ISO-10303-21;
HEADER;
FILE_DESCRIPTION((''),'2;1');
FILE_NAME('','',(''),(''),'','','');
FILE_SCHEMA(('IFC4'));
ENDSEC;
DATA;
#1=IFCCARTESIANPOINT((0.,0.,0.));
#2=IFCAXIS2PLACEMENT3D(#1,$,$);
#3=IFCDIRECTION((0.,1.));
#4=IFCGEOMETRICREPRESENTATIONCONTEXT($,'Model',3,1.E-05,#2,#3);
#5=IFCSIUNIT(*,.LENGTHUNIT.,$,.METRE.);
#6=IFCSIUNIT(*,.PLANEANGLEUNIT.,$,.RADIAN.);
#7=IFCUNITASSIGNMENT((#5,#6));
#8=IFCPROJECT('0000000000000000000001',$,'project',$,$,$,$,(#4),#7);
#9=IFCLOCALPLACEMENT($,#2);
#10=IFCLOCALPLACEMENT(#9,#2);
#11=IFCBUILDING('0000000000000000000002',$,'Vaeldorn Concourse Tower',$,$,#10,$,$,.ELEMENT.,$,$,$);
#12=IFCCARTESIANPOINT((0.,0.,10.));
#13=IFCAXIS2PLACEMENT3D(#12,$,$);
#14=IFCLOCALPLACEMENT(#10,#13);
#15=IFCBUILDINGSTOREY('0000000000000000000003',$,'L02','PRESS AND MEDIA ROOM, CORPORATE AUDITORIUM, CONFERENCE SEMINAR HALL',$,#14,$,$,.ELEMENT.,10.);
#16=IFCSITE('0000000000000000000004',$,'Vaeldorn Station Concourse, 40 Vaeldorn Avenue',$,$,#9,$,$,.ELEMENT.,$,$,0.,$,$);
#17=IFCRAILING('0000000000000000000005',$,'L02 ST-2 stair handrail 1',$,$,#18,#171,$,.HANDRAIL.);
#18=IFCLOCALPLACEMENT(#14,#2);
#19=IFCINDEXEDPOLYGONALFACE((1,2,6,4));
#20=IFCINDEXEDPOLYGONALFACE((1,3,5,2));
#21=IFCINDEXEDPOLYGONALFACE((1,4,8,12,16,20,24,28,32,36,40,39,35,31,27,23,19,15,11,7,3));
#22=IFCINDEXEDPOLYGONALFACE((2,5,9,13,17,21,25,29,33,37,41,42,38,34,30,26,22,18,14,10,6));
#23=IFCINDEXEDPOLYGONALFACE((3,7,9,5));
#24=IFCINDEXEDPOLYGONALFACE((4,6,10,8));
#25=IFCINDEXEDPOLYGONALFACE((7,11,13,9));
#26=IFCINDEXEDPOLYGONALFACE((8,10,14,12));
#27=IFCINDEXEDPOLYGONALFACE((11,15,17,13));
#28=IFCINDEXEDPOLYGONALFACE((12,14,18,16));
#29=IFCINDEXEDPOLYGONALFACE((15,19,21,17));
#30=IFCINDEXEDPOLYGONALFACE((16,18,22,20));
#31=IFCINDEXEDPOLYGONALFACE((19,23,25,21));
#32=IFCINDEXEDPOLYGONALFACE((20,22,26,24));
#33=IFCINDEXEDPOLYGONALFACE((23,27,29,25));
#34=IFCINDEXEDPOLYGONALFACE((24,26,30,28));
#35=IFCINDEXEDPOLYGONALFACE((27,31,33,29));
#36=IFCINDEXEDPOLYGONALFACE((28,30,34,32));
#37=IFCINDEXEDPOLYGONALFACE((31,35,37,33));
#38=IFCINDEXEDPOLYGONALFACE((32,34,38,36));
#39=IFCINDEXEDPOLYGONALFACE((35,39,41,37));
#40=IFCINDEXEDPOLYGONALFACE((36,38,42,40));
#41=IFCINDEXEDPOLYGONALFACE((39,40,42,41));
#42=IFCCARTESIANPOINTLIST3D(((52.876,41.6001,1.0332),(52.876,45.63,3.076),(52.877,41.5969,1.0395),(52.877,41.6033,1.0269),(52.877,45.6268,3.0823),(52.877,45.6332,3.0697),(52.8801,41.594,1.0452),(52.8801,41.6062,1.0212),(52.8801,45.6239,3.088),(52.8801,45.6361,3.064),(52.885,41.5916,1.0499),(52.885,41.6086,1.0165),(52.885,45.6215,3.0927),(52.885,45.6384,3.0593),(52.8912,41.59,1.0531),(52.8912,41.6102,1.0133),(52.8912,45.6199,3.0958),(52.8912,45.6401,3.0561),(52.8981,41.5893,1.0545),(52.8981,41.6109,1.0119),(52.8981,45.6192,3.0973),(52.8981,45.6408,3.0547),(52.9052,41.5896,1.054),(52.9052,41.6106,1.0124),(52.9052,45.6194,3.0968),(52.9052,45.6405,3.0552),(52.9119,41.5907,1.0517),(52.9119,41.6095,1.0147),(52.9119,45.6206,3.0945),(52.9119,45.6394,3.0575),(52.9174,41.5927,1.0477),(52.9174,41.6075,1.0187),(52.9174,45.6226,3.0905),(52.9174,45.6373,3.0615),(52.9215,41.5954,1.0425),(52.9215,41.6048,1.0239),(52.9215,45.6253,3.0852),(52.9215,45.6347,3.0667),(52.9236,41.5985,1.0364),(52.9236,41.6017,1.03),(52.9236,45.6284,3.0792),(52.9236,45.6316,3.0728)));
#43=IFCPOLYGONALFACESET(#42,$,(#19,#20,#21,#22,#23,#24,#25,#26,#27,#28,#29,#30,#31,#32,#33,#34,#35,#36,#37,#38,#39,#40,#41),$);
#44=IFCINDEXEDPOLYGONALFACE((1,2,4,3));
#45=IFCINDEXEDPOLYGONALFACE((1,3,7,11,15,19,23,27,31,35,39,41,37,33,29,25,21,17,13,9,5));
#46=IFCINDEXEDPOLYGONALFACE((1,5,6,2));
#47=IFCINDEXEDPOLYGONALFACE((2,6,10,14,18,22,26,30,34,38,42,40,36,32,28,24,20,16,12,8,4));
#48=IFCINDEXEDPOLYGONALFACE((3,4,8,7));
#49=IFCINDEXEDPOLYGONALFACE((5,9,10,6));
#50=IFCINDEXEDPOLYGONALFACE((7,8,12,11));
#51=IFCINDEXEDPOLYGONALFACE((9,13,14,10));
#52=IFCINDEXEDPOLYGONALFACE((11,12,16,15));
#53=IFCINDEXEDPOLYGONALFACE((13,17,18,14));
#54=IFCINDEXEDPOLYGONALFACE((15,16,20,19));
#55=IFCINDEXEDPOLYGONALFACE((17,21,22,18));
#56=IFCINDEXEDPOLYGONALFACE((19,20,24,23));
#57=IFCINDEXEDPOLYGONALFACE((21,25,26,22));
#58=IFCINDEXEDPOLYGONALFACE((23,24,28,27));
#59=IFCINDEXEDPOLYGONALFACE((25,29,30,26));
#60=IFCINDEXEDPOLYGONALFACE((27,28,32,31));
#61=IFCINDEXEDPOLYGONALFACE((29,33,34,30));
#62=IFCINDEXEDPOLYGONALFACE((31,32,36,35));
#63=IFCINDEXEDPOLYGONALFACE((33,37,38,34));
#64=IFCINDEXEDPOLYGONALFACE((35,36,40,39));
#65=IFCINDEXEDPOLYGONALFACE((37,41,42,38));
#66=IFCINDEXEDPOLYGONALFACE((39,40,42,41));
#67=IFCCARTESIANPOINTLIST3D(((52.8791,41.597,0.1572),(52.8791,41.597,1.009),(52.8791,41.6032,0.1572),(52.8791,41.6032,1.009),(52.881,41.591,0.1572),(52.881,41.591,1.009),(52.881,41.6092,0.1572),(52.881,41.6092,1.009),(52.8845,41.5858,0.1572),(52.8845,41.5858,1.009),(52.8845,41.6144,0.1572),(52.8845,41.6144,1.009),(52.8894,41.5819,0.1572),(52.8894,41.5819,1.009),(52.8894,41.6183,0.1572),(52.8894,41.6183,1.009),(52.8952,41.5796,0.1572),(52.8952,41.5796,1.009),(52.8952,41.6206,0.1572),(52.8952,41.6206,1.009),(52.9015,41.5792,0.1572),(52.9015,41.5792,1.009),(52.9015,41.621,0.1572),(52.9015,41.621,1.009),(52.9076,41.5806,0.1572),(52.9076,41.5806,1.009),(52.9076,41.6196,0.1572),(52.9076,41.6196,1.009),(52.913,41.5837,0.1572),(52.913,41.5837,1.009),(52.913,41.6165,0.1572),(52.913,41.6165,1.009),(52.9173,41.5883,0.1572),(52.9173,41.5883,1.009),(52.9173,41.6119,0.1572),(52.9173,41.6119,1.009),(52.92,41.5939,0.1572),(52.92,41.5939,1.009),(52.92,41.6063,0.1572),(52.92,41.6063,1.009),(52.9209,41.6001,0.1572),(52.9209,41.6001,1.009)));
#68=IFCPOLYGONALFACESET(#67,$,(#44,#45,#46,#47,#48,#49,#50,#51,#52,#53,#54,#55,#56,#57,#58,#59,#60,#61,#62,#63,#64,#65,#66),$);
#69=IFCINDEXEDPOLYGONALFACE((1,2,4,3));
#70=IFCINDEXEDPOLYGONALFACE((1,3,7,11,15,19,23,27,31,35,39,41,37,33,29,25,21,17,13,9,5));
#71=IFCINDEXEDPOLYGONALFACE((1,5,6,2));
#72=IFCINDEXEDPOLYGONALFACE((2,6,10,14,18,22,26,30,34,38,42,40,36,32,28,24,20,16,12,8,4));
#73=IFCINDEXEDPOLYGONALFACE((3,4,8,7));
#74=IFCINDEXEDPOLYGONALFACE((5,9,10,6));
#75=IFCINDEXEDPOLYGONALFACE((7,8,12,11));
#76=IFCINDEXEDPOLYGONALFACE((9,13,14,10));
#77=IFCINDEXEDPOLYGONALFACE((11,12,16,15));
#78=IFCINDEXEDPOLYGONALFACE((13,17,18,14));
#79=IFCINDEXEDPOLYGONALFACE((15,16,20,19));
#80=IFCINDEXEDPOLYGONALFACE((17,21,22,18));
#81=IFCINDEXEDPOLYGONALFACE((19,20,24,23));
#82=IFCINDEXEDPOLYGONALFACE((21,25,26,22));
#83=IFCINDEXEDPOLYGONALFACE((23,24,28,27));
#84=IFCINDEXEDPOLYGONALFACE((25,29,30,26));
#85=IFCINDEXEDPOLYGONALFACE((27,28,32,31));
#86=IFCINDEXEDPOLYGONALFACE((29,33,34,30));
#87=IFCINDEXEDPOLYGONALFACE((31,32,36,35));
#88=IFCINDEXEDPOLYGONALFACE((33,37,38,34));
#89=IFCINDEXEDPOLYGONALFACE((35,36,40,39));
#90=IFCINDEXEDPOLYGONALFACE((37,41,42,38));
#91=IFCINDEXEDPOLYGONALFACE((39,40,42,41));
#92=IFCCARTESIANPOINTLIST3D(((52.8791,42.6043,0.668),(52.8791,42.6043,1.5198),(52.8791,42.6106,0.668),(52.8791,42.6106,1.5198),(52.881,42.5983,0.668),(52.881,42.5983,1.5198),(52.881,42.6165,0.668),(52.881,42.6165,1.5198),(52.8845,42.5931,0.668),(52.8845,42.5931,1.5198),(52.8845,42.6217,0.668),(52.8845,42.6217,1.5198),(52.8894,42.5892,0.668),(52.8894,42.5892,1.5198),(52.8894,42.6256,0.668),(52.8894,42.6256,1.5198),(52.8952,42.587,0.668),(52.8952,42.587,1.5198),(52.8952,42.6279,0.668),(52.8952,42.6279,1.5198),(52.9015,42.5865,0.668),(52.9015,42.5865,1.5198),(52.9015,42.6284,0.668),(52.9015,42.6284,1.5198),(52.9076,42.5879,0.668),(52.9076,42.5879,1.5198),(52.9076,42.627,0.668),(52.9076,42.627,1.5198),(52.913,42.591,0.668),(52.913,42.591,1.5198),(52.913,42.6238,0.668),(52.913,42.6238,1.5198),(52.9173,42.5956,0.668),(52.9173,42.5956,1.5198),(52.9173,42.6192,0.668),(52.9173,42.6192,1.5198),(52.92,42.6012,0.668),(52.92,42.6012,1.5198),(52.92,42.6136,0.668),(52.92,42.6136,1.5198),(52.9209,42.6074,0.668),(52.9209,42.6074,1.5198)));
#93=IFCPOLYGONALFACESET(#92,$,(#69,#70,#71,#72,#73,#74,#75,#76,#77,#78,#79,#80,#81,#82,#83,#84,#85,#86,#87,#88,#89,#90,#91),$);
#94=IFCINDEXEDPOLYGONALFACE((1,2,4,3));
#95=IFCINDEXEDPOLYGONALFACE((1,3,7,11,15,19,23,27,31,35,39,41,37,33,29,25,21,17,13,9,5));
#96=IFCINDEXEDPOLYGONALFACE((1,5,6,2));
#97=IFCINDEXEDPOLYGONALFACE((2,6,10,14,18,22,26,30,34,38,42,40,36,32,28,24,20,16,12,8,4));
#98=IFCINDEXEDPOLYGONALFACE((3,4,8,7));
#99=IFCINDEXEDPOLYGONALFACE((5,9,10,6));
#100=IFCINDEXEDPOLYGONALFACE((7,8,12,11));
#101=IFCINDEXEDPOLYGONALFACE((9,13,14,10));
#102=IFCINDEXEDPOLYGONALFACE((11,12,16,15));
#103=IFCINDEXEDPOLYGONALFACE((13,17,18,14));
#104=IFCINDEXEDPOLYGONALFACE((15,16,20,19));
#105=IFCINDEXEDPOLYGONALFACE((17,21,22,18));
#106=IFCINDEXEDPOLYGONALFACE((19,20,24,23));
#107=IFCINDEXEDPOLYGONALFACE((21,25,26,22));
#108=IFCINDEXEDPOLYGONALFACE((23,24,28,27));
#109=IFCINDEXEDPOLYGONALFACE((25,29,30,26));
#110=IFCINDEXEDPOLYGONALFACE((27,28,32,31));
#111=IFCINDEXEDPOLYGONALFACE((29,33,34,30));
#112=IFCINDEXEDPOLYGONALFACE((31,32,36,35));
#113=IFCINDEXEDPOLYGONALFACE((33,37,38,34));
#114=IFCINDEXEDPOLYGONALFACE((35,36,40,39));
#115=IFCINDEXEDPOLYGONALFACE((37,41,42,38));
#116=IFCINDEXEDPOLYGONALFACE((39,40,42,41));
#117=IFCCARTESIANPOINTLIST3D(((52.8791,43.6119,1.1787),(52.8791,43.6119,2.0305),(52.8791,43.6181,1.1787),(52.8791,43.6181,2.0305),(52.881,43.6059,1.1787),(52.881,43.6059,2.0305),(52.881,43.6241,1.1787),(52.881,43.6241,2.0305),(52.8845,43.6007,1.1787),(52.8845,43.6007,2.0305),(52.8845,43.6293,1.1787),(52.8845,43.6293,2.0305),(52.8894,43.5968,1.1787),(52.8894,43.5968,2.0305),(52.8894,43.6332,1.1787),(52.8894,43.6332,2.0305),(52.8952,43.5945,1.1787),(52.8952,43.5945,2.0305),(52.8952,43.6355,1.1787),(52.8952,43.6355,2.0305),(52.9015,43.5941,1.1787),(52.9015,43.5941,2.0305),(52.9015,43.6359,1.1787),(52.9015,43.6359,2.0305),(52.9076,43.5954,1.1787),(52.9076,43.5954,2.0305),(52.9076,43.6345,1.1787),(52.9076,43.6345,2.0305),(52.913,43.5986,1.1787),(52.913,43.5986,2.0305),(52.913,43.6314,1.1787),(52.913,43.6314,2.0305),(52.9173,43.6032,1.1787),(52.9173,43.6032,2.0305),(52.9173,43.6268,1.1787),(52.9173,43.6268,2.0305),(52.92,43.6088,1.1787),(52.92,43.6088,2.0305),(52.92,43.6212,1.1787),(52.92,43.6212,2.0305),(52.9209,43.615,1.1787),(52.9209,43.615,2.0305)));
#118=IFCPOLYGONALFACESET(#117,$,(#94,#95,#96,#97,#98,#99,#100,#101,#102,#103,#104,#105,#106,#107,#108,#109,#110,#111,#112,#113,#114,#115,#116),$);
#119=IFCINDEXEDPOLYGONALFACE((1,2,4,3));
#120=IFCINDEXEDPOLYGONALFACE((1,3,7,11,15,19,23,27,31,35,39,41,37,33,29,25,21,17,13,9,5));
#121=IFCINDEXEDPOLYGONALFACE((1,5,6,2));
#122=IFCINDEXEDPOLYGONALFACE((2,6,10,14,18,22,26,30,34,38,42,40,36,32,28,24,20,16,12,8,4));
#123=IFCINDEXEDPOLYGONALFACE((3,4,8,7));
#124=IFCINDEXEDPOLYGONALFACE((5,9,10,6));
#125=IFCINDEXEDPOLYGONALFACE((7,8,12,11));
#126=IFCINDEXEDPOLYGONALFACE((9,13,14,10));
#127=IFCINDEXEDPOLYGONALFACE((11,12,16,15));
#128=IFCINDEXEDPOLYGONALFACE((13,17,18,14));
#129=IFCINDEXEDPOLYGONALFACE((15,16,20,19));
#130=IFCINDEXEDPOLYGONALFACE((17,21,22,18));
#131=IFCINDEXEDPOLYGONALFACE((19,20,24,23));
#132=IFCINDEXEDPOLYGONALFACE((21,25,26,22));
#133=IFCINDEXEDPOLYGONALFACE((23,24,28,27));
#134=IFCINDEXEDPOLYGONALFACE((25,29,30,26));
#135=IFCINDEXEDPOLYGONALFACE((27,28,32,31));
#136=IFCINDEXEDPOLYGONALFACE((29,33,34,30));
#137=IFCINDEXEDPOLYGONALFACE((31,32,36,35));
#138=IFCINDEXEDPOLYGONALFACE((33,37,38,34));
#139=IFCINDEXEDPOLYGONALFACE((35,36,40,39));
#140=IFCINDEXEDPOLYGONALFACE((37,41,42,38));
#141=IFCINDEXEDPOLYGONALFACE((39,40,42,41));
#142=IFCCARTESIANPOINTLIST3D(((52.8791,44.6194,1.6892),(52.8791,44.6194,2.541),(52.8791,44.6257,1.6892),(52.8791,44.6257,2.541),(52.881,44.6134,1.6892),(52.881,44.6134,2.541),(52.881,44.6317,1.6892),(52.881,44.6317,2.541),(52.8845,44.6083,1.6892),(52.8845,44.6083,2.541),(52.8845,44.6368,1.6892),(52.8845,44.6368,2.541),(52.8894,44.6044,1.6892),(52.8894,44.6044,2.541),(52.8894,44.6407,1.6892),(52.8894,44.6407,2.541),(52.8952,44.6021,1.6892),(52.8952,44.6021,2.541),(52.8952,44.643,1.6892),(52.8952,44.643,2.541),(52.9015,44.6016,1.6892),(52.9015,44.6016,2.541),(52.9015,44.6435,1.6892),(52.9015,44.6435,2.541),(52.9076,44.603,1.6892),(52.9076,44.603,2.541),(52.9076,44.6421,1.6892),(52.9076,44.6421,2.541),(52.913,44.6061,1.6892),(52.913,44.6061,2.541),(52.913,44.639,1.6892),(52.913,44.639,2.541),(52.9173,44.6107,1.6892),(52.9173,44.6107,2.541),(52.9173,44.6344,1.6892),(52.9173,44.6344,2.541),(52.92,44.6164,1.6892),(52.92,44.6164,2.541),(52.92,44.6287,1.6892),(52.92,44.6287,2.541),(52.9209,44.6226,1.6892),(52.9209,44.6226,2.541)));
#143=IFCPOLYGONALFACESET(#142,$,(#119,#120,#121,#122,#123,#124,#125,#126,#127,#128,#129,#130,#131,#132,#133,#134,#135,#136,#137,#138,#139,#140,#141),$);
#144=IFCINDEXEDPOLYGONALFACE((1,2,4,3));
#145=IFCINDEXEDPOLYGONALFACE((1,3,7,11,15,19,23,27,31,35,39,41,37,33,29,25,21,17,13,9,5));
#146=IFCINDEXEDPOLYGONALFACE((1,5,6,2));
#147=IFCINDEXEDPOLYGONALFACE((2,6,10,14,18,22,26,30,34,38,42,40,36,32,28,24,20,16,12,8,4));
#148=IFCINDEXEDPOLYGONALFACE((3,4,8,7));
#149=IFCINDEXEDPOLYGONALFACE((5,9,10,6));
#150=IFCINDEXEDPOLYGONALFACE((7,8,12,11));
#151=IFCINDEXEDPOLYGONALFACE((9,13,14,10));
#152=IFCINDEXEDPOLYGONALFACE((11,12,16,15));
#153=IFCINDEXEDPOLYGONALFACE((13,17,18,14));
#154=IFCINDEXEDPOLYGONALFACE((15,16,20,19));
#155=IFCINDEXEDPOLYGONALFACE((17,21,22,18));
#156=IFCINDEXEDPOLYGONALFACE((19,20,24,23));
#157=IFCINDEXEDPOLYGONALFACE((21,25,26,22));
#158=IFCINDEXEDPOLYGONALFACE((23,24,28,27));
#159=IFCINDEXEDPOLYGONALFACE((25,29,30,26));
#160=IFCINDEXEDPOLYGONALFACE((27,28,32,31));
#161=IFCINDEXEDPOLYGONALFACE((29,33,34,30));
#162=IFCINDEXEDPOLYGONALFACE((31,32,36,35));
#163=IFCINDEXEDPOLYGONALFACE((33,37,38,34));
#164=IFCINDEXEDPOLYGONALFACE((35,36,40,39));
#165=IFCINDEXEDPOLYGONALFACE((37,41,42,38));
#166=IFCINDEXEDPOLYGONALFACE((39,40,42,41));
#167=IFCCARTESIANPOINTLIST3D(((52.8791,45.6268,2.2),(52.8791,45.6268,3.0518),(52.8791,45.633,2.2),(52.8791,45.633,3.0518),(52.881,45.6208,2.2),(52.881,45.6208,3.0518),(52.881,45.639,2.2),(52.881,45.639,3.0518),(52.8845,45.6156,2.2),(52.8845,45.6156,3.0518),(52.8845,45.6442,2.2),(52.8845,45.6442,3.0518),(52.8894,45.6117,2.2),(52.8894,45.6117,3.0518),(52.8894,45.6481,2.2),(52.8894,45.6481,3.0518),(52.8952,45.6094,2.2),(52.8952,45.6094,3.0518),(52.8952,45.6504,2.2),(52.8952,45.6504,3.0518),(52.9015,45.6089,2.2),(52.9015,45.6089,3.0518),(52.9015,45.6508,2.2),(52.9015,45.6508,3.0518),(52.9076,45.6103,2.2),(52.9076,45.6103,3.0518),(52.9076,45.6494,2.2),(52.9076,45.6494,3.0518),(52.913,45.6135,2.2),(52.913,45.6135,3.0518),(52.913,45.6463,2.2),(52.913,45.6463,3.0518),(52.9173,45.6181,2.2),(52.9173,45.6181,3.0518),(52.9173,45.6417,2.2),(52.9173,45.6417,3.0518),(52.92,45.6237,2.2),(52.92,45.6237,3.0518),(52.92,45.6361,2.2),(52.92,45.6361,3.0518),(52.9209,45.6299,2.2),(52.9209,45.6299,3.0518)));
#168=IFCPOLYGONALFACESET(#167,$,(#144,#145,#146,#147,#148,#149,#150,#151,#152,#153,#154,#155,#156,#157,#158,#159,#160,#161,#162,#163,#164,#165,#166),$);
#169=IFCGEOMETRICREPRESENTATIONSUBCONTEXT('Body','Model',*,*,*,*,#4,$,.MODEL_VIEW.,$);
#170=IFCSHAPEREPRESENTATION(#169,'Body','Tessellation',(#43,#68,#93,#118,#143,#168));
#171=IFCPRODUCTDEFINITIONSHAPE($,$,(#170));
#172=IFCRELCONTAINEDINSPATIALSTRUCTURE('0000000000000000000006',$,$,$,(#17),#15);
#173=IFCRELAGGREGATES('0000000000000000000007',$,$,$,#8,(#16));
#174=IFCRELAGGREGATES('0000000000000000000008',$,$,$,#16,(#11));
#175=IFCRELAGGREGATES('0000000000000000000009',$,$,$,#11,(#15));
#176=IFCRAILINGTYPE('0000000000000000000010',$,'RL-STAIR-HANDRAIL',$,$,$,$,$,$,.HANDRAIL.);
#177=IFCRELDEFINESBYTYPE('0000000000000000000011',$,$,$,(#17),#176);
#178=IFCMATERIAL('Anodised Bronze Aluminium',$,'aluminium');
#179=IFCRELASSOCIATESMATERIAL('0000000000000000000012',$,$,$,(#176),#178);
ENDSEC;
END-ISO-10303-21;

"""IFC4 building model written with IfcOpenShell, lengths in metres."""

from ifc_helpers import new_model, si_unit, direction, frame, origin, origin_2d, place, context, subcontext, project, spatial, circle, extrude, material, type_object, element, save


model = new_model("IFC4")

# Units and contexts
model_context = context("Model", 3, precision=1e-05, world=origin(), true_north=direction((0.0, 1.0)))
body_context = subcontext(model_context, "Body", "Model", "MODEL_VIEW")
ifc_project = project(units=[si_unit("LENGTHUNIT", "METRE"), si_unit("PLANEANGLEUNIT", "RADIAN")], contexts=[model_context])

# Site, building, storey
site_placement = place(None, origin())
site = spatial("IfcSite", under=ifc_project, at=site_placement, Name="Vaeldorn Station Concourse, 40 Vaeldorn Avenue", CompositionType="ELEMENT", RefElevation=0.0)
building_placement = place(site_placement, origin())
building = spatial("IfcBuilding", under=site, at=building_placement, Name="Vaeldorn Concourse Tower", CompositionType="ELEMENT")
storey_placement = place(building_placement, frame((0.0, 0.0, 10.0)))
storey = spatial("IfcBuildingStorey", under=building, at=storey_placement, Name="L02", Description="PRESS AND MEDIA ROOM, CORPORATE AUDITORIUM, CONFERENCE SEMINAR HALL", CompositionType="ELEMENT", Elevation=10.0)

# Shared definitions
ifc_material_1 = material(Name="Anodised Bronze Aluminium", Category="aluminium")

# Railing
railing_type_1 = type_object("IfcRailingType", Name="RL-STAIR-HANDRAIL", PredefinedType="HANDRAIL", material=ifc_material_1)
railing_1_placement = place(storey_placement, frame((52.8999, 41.6001, 0.1572)))
element("IfcRailing", 1, at=railing_1_placement, inside=storey, type_object=railing_type_1, Name="L02 ST-2 stair handrail 1", PredefinedType="HANDRAIL", context=body_context, shape_type="SweptSolid", body=[
    extrude(circle(Radius=0.0239, at=origin_2d()), frame((0.0, 0.0, 0.876), z_axis=(0.0, 0.891949, 0.452135), x_axis=(-1.0, 0.0, 0.0)), (0.0, 0.0, 1.0), 4.5181),
    extrude(circle(Radius=0.021, at=origin_2d()), origin(), (0.0, 0.0, 1.0), 0.8518),
    extrude(circle(Radius=0.021, at=origin_2d()), frame((0.0, 1.0073, 0.5107)), (0.0, 0.0, 1.0), 0.8518),
    extrude(circle(Radius=0.021, at=origin_2d()), frame((0.0, 2.0149, 1.0215)), (0.0, 0.0, 1.0), 0.8518),
    extrude(circle(Radius=0.021, at=origin_2d()), frame((0.0, 3.0225, 1.532)), (0.0, 0.0, 1.0), 0.8518),
    extrude(circle(Radius=0.021, at=origin_2d()), frame((0.0, 4.0298, 2.0427)), (0.0, 0.0, 1.0), 0.8518),
])

save(model, "model.ifc")
